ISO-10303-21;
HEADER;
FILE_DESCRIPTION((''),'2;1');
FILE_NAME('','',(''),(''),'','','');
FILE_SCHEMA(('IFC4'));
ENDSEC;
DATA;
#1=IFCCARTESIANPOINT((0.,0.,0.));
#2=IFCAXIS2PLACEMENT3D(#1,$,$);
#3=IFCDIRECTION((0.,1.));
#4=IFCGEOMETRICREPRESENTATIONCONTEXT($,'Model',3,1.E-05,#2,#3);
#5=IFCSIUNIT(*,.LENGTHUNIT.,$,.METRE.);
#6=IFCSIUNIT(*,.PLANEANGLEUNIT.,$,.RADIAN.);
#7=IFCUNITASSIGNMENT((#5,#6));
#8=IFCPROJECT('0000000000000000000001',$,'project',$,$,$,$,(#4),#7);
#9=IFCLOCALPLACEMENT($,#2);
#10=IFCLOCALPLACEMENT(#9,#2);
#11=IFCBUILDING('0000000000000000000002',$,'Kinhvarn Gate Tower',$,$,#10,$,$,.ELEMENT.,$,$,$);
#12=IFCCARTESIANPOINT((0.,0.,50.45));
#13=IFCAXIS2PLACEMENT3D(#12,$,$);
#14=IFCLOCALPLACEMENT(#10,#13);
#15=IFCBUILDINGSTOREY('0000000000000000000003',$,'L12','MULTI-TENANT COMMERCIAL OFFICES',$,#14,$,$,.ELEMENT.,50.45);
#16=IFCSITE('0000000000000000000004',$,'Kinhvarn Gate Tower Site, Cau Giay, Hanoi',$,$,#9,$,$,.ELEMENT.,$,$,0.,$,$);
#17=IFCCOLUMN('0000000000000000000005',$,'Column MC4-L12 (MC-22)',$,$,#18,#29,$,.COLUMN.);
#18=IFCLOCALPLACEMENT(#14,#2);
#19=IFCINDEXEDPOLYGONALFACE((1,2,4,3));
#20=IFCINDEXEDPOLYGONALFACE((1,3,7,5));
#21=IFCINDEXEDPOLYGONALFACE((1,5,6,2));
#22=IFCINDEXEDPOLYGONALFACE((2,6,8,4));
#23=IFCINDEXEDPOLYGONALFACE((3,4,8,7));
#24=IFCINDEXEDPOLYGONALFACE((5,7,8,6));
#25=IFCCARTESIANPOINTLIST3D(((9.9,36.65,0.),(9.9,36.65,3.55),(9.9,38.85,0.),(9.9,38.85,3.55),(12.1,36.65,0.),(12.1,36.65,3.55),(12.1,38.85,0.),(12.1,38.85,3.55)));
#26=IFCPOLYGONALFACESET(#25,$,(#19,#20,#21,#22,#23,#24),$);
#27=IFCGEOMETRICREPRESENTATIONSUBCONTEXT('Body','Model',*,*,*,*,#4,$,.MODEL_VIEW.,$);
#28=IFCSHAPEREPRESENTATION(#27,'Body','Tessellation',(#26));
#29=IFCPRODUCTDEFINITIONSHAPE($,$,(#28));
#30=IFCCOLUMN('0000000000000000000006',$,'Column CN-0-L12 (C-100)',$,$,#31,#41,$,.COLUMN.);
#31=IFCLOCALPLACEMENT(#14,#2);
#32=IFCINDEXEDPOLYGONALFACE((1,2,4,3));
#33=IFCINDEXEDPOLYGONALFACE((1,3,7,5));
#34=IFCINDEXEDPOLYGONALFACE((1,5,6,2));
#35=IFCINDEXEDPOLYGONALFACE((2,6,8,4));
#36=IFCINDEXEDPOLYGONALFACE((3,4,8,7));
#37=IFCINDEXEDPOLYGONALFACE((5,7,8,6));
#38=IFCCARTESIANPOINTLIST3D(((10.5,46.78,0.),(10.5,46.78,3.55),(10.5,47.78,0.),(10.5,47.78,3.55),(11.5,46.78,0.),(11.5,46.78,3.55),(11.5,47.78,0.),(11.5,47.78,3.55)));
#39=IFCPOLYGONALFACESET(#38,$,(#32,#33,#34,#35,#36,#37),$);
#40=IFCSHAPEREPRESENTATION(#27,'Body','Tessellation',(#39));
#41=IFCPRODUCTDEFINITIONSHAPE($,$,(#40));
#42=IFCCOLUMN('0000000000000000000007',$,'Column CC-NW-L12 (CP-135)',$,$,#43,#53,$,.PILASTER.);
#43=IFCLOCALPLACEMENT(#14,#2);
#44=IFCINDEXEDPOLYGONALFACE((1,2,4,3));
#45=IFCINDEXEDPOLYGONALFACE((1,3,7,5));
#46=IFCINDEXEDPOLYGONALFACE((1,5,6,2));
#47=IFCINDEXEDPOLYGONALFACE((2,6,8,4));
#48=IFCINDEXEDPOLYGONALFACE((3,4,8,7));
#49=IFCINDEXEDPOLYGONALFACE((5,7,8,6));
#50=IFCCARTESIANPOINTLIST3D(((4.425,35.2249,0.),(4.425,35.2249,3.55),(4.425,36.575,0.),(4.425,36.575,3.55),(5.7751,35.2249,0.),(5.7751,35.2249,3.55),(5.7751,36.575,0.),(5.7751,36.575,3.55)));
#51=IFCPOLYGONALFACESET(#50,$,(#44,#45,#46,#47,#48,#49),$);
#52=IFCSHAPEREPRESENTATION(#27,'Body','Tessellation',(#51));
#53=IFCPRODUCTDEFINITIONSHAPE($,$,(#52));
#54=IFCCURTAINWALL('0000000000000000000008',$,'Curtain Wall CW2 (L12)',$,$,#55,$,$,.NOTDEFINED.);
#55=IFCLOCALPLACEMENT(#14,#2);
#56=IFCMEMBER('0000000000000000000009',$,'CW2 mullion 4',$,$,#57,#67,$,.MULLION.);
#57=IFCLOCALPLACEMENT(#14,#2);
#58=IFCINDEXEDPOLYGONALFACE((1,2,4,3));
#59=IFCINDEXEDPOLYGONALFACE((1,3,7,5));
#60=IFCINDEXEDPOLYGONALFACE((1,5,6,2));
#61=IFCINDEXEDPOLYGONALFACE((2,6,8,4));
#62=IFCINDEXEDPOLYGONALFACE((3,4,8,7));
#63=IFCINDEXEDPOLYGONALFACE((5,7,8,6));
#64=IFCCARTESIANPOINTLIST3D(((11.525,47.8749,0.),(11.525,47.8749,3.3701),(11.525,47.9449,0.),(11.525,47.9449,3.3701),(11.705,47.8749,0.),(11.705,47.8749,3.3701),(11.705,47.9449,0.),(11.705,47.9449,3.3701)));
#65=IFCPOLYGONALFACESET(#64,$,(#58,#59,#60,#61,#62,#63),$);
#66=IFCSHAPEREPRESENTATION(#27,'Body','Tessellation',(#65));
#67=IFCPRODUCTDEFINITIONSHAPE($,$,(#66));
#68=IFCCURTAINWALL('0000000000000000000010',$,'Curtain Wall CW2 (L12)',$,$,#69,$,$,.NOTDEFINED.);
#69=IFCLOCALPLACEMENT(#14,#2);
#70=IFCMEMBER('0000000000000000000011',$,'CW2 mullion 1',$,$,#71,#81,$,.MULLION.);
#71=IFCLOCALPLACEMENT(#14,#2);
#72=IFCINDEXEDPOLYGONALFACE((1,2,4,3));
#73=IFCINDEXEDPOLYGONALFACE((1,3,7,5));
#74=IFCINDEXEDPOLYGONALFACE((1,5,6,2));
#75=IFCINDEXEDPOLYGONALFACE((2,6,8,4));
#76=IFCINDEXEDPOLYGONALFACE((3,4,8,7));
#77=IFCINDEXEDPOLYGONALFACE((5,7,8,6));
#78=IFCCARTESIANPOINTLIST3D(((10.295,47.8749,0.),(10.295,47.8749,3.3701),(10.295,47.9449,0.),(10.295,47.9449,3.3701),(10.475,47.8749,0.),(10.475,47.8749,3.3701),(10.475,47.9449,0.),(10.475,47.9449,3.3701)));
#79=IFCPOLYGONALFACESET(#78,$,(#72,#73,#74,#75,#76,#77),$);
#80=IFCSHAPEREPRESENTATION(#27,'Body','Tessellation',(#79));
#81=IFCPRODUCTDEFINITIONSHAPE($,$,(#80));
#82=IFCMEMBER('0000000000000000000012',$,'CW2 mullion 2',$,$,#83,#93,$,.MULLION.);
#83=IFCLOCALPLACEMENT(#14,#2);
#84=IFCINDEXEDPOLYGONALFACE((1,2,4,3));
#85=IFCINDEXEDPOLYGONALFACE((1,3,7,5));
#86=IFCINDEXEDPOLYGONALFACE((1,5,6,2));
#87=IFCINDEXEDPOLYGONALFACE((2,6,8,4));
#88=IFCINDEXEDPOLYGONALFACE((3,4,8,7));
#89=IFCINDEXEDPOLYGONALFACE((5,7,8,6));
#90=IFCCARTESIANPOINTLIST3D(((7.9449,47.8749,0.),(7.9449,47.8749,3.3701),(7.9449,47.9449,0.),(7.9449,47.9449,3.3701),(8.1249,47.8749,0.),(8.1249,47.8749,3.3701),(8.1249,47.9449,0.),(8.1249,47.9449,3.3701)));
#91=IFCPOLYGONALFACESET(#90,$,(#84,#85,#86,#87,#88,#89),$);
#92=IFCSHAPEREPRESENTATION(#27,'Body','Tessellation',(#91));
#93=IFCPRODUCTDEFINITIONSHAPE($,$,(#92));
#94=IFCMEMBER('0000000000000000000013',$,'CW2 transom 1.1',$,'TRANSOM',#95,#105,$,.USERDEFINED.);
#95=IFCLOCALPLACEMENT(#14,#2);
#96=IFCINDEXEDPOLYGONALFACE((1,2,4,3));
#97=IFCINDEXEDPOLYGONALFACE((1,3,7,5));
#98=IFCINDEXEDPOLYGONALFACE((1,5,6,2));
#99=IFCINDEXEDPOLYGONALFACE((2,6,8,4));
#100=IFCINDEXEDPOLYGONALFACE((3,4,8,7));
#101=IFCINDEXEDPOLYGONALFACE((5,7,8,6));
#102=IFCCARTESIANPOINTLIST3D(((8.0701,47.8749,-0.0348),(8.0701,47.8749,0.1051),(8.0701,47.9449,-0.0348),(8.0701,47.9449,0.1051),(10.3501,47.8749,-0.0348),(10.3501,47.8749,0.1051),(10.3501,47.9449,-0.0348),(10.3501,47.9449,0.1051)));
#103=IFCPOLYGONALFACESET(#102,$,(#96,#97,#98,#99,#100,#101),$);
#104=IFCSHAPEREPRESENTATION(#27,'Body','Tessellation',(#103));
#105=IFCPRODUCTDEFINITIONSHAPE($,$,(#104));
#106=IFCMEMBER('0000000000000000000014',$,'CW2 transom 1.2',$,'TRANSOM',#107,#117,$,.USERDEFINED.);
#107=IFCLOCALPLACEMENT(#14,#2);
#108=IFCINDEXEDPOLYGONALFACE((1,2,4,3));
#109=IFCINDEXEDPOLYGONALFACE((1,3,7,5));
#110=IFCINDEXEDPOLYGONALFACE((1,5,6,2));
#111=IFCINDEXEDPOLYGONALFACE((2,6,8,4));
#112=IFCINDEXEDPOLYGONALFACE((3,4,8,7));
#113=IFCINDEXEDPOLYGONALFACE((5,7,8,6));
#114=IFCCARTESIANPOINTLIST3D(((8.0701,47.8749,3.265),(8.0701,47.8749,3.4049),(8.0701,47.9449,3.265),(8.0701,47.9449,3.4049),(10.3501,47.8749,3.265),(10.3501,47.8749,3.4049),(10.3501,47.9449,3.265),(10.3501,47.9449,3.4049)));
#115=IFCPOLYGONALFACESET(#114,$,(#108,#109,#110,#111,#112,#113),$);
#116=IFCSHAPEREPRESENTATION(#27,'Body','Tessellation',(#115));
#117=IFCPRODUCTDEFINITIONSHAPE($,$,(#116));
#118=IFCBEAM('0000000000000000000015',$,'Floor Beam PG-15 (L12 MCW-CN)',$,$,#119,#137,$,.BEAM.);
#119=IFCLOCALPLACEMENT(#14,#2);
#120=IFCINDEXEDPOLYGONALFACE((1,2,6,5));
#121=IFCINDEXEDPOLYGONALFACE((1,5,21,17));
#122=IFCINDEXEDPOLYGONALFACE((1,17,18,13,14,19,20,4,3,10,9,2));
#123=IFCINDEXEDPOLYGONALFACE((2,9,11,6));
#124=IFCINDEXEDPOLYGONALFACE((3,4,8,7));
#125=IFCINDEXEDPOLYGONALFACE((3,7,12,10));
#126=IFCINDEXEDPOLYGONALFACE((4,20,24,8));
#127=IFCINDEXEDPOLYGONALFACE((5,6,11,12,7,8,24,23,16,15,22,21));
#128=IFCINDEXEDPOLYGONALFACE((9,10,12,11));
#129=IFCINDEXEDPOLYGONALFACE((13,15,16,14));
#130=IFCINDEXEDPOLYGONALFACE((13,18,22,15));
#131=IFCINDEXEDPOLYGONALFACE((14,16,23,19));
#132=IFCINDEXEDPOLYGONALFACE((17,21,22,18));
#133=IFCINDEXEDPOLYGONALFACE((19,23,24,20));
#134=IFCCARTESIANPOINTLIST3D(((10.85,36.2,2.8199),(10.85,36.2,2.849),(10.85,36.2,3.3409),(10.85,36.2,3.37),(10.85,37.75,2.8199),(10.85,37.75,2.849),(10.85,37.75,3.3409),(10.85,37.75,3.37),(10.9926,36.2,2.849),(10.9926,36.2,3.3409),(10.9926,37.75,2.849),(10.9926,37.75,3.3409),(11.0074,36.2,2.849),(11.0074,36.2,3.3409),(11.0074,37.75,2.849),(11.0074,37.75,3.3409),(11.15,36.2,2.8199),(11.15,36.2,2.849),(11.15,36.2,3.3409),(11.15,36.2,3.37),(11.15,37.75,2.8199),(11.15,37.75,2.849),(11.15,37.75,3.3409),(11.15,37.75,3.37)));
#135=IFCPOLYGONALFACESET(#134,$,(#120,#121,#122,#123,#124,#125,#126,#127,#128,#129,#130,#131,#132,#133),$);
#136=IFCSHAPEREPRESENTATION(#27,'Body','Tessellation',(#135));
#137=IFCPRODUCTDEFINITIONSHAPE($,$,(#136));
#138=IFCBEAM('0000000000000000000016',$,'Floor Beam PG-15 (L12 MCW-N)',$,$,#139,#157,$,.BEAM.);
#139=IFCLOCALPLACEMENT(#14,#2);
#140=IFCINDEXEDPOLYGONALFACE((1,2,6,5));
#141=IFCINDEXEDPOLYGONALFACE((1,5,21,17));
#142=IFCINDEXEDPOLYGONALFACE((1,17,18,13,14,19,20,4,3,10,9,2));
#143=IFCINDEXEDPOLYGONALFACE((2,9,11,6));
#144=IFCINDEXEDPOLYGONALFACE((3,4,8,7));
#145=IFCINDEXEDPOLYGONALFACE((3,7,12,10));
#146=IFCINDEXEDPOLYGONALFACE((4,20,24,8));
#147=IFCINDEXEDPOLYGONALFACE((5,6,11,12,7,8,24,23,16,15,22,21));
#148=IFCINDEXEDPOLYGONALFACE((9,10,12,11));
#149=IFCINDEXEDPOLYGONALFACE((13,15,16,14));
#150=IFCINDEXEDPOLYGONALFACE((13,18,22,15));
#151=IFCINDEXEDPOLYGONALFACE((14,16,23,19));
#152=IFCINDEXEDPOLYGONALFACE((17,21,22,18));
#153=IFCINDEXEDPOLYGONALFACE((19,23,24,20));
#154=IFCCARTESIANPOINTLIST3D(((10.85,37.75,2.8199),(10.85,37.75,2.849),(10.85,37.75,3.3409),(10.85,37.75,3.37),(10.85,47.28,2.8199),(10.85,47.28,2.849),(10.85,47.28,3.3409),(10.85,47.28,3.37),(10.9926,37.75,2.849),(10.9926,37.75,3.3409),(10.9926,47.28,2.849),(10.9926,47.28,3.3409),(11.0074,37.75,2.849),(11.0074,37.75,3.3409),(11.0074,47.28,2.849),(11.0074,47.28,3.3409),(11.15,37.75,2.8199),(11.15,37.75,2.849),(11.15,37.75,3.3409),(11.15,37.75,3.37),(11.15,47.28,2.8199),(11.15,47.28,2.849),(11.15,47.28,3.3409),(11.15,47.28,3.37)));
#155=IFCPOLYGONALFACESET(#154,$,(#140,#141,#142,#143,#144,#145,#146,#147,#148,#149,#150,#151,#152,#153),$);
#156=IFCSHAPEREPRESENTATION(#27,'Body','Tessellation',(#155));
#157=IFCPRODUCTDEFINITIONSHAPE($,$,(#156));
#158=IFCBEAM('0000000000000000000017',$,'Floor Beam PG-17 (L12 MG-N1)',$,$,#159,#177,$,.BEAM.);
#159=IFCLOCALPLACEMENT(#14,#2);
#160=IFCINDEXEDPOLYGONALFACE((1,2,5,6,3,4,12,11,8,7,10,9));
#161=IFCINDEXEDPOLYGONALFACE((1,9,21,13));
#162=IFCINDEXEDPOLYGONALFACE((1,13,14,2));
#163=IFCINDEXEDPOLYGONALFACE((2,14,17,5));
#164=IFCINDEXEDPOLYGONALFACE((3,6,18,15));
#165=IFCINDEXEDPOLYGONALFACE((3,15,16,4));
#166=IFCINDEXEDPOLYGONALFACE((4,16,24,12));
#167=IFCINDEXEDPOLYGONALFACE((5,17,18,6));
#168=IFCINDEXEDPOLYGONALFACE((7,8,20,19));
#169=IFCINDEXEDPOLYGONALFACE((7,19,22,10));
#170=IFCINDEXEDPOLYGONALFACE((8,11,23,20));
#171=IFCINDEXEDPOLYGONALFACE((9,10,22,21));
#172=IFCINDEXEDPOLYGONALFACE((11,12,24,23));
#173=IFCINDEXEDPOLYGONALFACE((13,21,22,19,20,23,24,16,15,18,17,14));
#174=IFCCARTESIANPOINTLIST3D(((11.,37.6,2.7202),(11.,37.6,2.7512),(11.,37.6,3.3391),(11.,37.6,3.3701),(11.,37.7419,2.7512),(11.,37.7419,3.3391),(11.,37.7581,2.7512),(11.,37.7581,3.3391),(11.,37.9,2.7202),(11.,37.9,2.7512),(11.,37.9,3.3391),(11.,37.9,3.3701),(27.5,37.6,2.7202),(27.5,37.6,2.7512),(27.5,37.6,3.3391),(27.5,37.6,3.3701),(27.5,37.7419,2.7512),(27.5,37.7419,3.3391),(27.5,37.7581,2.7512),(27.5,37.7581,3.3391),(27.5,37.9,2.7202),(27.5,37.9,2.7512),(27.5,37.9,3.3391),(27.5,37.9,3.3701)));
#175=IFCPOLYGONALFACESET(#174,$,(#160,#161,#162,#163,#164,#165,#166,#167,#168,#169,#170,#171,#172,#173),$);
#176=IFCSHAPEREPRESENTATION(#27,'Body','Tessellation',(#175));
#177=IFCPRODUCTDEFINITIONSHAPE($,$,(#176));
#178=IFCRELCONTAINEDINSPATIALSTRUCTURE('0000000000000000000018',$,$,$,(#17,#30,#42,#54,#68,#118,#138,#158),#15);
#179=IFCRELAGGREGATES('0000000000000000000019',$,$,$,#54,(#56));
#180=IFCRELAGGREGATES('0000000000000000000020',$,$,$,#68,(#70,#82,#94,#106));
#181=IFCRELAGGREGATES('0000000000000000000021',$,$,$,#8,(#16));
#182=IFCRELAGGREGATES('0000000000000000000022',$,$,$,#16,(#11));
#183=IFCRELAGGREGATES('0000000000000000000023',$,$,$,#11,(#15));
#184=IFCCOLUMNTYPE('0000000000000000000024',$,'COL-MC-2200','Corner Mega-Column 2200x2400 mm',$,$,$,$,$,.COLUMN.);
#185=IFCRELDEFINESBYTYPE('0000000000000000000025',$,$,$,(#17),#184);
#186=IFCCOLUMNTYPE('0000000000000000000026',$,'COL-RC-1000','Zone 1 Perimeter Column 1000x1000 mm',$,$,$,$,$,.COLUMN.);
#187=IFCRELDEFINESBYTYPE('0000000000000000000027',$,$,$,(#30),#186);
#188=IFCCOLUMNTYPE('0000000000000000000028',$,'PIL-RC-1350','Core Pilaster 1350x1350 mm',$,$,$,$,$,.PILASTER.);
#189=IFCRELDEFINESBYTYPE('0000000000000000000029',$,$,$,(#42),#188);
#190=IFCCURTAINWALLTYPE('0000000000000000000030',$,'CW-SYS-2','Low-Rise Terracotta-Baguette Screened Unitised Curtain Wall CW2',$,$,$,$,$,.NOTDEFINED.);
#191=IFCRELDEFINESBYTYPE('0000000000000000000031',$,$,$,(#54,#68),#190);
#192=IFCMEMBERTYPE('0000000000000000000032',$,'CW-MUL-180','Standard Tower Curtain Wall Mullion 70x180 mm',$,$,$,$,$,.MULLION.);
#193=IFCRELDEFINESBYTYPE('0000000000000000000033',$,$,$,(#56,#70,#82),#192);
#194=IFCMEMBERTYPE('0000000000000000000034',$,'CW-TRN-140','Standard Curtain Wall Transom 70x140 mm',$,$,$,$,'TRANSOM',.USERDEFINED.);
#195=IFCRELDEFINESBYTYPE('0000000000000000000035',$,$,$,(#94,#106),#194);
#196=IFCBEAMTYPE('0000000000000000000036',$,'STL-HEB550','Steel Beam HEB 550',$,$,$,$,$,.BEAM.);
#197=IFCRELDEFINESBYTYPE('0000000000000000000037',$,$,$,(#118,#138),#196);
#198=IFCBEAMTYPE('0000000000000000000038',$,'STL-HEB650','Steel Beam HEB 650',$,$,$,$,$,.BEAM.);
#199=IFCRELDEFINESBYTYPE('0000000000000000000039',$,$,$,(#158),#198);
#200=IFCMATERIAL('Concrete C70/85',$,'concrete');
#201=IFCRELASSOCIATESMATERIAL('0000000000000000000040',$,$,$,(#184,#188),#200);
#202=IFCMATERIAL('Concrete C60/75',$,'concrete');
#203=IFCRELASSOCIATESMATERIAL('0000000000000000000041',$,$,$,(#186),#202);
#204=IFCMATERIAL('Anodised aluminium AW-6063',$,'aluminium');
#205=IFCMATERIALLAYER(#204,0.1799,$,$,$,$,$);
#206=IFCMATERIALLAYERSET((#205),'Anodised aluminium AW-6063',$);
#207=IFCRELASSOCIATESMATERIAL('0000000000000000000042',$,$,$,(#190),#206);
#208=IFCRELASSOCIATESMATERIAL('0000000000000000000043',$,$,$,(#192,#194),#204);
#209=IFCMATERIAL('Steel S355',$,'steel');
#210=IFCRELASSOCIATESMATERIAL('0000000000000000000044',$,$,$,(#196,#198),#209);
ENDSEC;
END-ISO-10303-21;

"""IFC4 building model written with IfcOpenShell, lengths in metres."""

from ifc_helpers import new_model, si_unit, direction, frame, origin, origin_2d, place, context, subcontext, project, spatial, rectangle, i_section, extrude, material, layer, layer_set, material_profile, profile_set, type_object, element, aggregate, save


model = new_model("IFC4")

# Units and contexts
model_context = context("Model", 3, precision=1e-05, world=origin(), true_north=direction((0.0, 1.0)))
body_context = subcontext(model_context, "Body", "Model", "MODEL_VIEW")
ifc_project = project(units=[si_unit("LENGTHUNIT", "METRE"), si_unit("PLANEANGLEUNIT", "RADIAN")], contexts=[model_context])

# Site, building, storey
site_placement = place(None, origin())
site = spatial("IfcSite", under=ifc_project, at=site_placement, Name="Kinhvarn Gate Tower Site, Cau Giay, Hanoi", CompositionType="ELEMENT", RefElevation=0.0)
building_placement = place(site_placement, origin())
building = spatial("IfcBuilding", under=site, at=building_placement, Name="Kinhvarn Gate Tower", CompositionType="ELEMENT")
storey_placement = place(building_placement, frame((0.0, 0.0, 50.45)))
storey = spatial("IfcBuildingStorey", under=building, at=storey_placement, Name="L12", Description="MULTI-TENANT COMMERCIAL OFFICES", CompositionType="ELEMENT", Elevation=50.45)

# Columns
ifc_material_1 = material(Name="Concrete C70/85", Category="concrete")
ifc_material_profile_1 = material_profile(ifc_material_1, rectangle(XDim=2.2, YDim=2.2, at=origin_2d()), Name="RC 2200x2200")
ifc_profile_set_1 = profile_set([ifc_material_profile_1], Name="Concrete C70/85")
column_type_1 = type_object("IfcColumnType", Name="COL-MC-2200", Description="Corner Mega-Column 2200x2400 mm", PredefinedType="COLUMN", material=ifc_profile_set_1)
column_1_placement = place(storey_placement, frame((11.0, 37.75, 0.0), z_axis=(0.0, 0.0, 1.0), x_axis=(1.0, 0.0, 0.0)))
element("IfcColumn", 1, at=column_1_placement, inside=storey, type_object=column_type_1, Name="Column MC4-L12 (MC-22)", PredefinedType="COLUMN", context=body_context, shape_type="SweptSolid", body=[
    extrude(rectangle(XDim=2.2, YDim=2.2, at=origin_2d()), origin(), (0.0, 0.0, 1.0), 3.55),
])
ifc_material_2 = material(Name="Concrete C60/75", Category="concrete")
ifc_material_profile_2 = material_profile(ifc_material_2, rectangle(XDim=1.0, YDim=1.0, at=origin_2d()), Name="RC 1000x1000")
ifc_profile_set_2 = profile_set([ifc_material_profile_2], Name="Concrete C60/75")
column_type_2 = type_object("IfcColumnType", Name="COL-RC-1000", Description="Zone 1 Perimeter Column 1000x1000 mm", PredefinedType="COLUMN", material=ifc_profile_set_2)
column_2_placement = place(storey_placement, frame((11.0, 47.28, 0.0), z_axis=(0.0, 0.0, 1.0), x_axis=(1.0, 0.0, 0.0)))
element("IfcColumn", 2, at=column_2_placement, inside=storey, type_object=column_type_2, Name="Column CN-0-L12 (C-100)", PredefinedType="COLUMN", context=body_context, shape_type="SweptSolid", body=[
    extrude(rectangle(XDim=1.0, YDim=1.0, at=origin_2d()), origin(), (0.0, 0.0, 1.0), 3.55),
])
ifc_material_profile_3 = material_profile(ifc_material_1, rectangle(XDim=1.3501, YDim=1.3501, at=origin_2d()), Name="RC 1350x1350")
ifc_profile_set_3 = profile_set([ifc_material_profile_3], Name="Concrete C70/85")
column_type_3 = type_object("IfcColumnType", Name="PIL-RC-1350", Description="Core Pilaster 1350x1350 mm", PredefinedType="PILASTER", material=ifc_profile_set_3)
column_3_placement = place(storey_placement, frame((5.1001, 35.8999, 0.0), z_axis=(0.0, 0.0, 1.0), x_axis=(1.0, 0.0, 0.0)))
element("IfcColumn", 3, at=column_3_placement, inside=storey, type_object=column_type_3, Name="Column CC-NW-L12 (CP-135)", PredefinedType="PILASTER", context=body_context, shape_type="SweptSolid", body=[
    extrude(rectangle(XDim=1.3501, YDim=1.3501, at=origin_2d()), origin(), (0.0, 0.0, 1.0), 3.55),
])

# Curtain wall, member
ifc_material_3 = material(Name="Anodised aluminium AW-6063", Category="aluminium")
ifc_layer_1 = layer(ifc_material_3, 0.1799)
ifc_layer_set_1 = layer_set([ifc_layer_1], Name="Anodised aluminium AW-6063")
curtain_wall_type = type_object("IfcCurtainWallType", Name="CW-SYS-2", Description="Low-Rise Terracotta-Baguette Screened Unitised Curtain Wall CW2", PredefinedType="NOTDEFINED", material=ifc_layer_set_1)
curtain_wall_1_placement = place(storey_placement, origin())
curtain_wall_1 = element("IfcCurtainWall", 4, at=curtain_wall_1_placement, inside=storey, type_object=curtain_wall_type, Name="Curtain Wall CW2 (L12)", PredefinedType="NOTDEFINED")
ifc_material_profile_4 = material_profile(ifc_material_3, rectangle(XDim=0.0701, YDim=0.1799, at=origin_2d()), Name="ALU 70x180")
ifc_profile_set_4 = profile_set([ifc_material_profile_4], Name="Anodised aluminium AW-6063")
member_type_1 = type_object("IfcMemberType", Name="CW-MUL-180", Description="Standard Tower Curtain Wall Mullion 70x180 mm", PredefinedType="MULLION", material=ifc_profile_set_4)
member_1_placement = place(storey_placement, frame((11.615, 47.9099, 0.0), z_axis=(0.0, 0.0, 1.0), x_axis=(0.0, -1.0, 0.0)))
member_1 = element("IfcMember", 5, at=member_1_placement, type_object=member_type_1, Name="CW2 mullion 4", PredefinedType="MULLION", context=body_context, shape_type="SweptSolid", body=[
    extrude(rectangle(XDim=0.0701, YDim=0.1799, at=origin_2d()), origin(), (0.0, 0.0, 1.0), 3.3701),
])
aggregate(curtain_wall_1, [member_1])

# Curtain wall, members
curtain_wall_2_placement = place(storey_placement, origin())
curtain_wall_2 = element("IfcCurtainWall", 6, at=curtain_wall_2_placement, inside=storey, type_object=curtain_wall_type, Name="Curtain Wall CW2 (L12)", PredefinedType="NOTDEFINED")
member_2_placement = place(storey_placement, frame((10.385, 47.9099, 0.0), z_axis=(0.0, 0.0, 1.0), x_axis=(0.0, -1.0, 0.0)))
member_2 = element("IfcMember", 7, at=member_2_placement, type_object=member_type_1, Name="CW2 mullion 1", PredefinedType="MULLION", context=body_context, shape_type="SweptSolid", body=[
    extrude(rectangle(XDim=0.0701, YDim=0.1799, at=origin_2d()), origin(), (0.0, 0.0, 1.0), 3.3701),
])
member_3_placement = place(storey_placement, frame((8.0349, 47.9099, 0.0), z_axis=(0.0, 0.0, 1.0), x_axis=(0.0, -1.0, 0.0)))
member_3 = element("IfcMember", 8, at=member_3_placement, type_object=member_type_1, Name="CW2 mullion 2", PredefinedType="MULLION", context=body_context, shape_type="SweptSolid", body=[
    extrude(rectangle(XDim=0.0701, YDim=0.1799, at=origin_2d()), origin(), (0.0, 0.0, 1.0), 3.3701),
])
ifc_material_profile_5 = material_profile(ifc_material_3, rectangle(XDim=0.0701, YDim=0.1399, at=origin_2d()), Name="ALU 70x140")
ifc_profile_set_5 = profile_set([ifc_material_profile_5], Name="Anodised aluminium AW-6063")
member_type_2 = type_object("IfcMemberType", Name="CW-TRN-140", Description="Standard Curtain Wall Transom 70x140 mm", ElementType="TRANSOM", PredefinedType="USERDEFINED", material=ifc_profile_set_5)
member_4_placement = place(storey_placement, frame((10.3501, 47.9099, 0.0352), z_axis=(-1.0, 0.0, 0.0), x_axis=(0.0, -1.0, 0.0)))
member_4 = element("IfcMember", 9, at=member_4_placement, type_object=member_type_2, Name="CW2 transom 1.1", ObjectType="TRANSOM", PredefinedType="USERDEFINED", context=body_context, shape_type="SweptSolid", body=[
    extrude(rectangle(XDim=0.0701, YDim=0.1399, at=origin_2d()), origin(), (0.0, 0.0, 1.0), 2.28),
])
member_5_placement = place(storey_placement, frame((10.3501, 47.9099, 3.335), z_axis=(-1.0, 0.0, 0.0), x_axis=(0.0, -1.0, 0.0)))
member_5 = element("IfcMember", 10, at=member_5_placement, type_object=member_type_2, Name="CW2 transom 1.2", ObjectType="TRANSOM", PredefinedType="USERDEFINED", context=body_context, shape_type="SweptSolid", body=[
    extrude(rectangle(XDim=0.0701, YDim=0.1399, at=origin_2d()), origin(), (0.0, 0.0, 1.0), 2.28),
])

# Beams
ifc_material_4 = material(Name="Steel S355", Category="steel")
ifc_material_profile_6 = material_profile(ifc_material_4, i_section(OverallWidth=0.3, OverallDepth=0.55, WebThickness=0.0149, FlangeThickness=0.0291, at=origin_2d()), Name="HEB 550")
ifc_profile_set_6 = profile_set([ifc_material_profile_6], Name="Steel S355")
beam_type_1 = type_object("IfcBeamType", Name="STL-HEB550", Description="Steel Beam HEB 550", PredefinedType="BEAM", material=ifc_profile_set_6)
beam_1_placement = place(storey_placement, frame((11.0, 36.2, 3.095), z_axis=(0.0, 1.0, 0.0), x_axis=(-1.0, 0.0, 0.0)))
element("IfcBeam", 11, at=beam_1_placement, inside=storey, type_object=beam_type_1, Name="Floor Beam PG-15 (L12 MCW-CN)", PredefinedType="BEAM", context=body_context, shape_type="SweptSolid", body=[
    extrude(i_section(OverallWidth=0.3, OverallDepth=0.55, WebThickness=0.0149, FlangeThickness=0.0291, at=origin_2d()), origin(), (0.0, 0.0, 1.0), 1.55),
])
beam_2_placement = place(storey_placement, frame((11.0, 37.75, 3.095), z_axis=(0.0, 1.0, 0.0), x_axis=(-1.0, 0.0, 0.0)))
element("IfcBeam", 12, at=beam_2_placement, inside=storey, type_object=beam_type_1, Name="Floor Beam PG-15 (L12 MCW-N)", PredefinedType="BEAM", context=body_context, shape_type="SweptSolid", body=[
    extrude(i_section(OverallWidth=0.3, OverallDepth=0.55, WebThickness=0.0149, FlangeThickness=0.0291, at=origin_2d()), origin(), (0.0, 0.0, 1.0), 9.53),
])
ifc_material_profile_7 = material_profile(ifc_material_4, i_section(OverallWidth=0.3, OverallDepth=0.6499, WebThickness=0.0161, FlangeThickness=0.031, at=origin_2d()), Name="HEB 650")
ifc_profile_set_7 = profile_set([ifc_material_profile_7], Name="Steel S355")
beam_type_2 = type_object("IfcBeamType", Name="STL-HEB650", Description="Steel Beam HEB 650", PredefinedType="BEAM", material=ifc_profile_set_7)
beam_3_placement = place(storey_placement, frame((11.0, 37.75, 3.0452), z_axis=(1.0, 0.0, 0.0), x_axis=(0.0, 1.0, 0.0)))
element("IfcBeam", 13, at=beam_3_placement, inside=storey, type_object=beam_type_2, Name="Floor Beam PG-17 (L12 MG-N1)", PredefinedType="BEAM", context=body_context, shape_type="SweptSolid", body=[
    extrude(i_section(OverallWidth=0.3, OverallDepth=0.6499, WebThickness=0.0161, FlangeThickness=0.031, at=origin_2d()), origin(), (0.0, 0.0, 1.0), 16.5),
])

aggregate(curtain_wall_2, [member_2, member_3, member_4, member_5])

save(model, "model.ifc")
